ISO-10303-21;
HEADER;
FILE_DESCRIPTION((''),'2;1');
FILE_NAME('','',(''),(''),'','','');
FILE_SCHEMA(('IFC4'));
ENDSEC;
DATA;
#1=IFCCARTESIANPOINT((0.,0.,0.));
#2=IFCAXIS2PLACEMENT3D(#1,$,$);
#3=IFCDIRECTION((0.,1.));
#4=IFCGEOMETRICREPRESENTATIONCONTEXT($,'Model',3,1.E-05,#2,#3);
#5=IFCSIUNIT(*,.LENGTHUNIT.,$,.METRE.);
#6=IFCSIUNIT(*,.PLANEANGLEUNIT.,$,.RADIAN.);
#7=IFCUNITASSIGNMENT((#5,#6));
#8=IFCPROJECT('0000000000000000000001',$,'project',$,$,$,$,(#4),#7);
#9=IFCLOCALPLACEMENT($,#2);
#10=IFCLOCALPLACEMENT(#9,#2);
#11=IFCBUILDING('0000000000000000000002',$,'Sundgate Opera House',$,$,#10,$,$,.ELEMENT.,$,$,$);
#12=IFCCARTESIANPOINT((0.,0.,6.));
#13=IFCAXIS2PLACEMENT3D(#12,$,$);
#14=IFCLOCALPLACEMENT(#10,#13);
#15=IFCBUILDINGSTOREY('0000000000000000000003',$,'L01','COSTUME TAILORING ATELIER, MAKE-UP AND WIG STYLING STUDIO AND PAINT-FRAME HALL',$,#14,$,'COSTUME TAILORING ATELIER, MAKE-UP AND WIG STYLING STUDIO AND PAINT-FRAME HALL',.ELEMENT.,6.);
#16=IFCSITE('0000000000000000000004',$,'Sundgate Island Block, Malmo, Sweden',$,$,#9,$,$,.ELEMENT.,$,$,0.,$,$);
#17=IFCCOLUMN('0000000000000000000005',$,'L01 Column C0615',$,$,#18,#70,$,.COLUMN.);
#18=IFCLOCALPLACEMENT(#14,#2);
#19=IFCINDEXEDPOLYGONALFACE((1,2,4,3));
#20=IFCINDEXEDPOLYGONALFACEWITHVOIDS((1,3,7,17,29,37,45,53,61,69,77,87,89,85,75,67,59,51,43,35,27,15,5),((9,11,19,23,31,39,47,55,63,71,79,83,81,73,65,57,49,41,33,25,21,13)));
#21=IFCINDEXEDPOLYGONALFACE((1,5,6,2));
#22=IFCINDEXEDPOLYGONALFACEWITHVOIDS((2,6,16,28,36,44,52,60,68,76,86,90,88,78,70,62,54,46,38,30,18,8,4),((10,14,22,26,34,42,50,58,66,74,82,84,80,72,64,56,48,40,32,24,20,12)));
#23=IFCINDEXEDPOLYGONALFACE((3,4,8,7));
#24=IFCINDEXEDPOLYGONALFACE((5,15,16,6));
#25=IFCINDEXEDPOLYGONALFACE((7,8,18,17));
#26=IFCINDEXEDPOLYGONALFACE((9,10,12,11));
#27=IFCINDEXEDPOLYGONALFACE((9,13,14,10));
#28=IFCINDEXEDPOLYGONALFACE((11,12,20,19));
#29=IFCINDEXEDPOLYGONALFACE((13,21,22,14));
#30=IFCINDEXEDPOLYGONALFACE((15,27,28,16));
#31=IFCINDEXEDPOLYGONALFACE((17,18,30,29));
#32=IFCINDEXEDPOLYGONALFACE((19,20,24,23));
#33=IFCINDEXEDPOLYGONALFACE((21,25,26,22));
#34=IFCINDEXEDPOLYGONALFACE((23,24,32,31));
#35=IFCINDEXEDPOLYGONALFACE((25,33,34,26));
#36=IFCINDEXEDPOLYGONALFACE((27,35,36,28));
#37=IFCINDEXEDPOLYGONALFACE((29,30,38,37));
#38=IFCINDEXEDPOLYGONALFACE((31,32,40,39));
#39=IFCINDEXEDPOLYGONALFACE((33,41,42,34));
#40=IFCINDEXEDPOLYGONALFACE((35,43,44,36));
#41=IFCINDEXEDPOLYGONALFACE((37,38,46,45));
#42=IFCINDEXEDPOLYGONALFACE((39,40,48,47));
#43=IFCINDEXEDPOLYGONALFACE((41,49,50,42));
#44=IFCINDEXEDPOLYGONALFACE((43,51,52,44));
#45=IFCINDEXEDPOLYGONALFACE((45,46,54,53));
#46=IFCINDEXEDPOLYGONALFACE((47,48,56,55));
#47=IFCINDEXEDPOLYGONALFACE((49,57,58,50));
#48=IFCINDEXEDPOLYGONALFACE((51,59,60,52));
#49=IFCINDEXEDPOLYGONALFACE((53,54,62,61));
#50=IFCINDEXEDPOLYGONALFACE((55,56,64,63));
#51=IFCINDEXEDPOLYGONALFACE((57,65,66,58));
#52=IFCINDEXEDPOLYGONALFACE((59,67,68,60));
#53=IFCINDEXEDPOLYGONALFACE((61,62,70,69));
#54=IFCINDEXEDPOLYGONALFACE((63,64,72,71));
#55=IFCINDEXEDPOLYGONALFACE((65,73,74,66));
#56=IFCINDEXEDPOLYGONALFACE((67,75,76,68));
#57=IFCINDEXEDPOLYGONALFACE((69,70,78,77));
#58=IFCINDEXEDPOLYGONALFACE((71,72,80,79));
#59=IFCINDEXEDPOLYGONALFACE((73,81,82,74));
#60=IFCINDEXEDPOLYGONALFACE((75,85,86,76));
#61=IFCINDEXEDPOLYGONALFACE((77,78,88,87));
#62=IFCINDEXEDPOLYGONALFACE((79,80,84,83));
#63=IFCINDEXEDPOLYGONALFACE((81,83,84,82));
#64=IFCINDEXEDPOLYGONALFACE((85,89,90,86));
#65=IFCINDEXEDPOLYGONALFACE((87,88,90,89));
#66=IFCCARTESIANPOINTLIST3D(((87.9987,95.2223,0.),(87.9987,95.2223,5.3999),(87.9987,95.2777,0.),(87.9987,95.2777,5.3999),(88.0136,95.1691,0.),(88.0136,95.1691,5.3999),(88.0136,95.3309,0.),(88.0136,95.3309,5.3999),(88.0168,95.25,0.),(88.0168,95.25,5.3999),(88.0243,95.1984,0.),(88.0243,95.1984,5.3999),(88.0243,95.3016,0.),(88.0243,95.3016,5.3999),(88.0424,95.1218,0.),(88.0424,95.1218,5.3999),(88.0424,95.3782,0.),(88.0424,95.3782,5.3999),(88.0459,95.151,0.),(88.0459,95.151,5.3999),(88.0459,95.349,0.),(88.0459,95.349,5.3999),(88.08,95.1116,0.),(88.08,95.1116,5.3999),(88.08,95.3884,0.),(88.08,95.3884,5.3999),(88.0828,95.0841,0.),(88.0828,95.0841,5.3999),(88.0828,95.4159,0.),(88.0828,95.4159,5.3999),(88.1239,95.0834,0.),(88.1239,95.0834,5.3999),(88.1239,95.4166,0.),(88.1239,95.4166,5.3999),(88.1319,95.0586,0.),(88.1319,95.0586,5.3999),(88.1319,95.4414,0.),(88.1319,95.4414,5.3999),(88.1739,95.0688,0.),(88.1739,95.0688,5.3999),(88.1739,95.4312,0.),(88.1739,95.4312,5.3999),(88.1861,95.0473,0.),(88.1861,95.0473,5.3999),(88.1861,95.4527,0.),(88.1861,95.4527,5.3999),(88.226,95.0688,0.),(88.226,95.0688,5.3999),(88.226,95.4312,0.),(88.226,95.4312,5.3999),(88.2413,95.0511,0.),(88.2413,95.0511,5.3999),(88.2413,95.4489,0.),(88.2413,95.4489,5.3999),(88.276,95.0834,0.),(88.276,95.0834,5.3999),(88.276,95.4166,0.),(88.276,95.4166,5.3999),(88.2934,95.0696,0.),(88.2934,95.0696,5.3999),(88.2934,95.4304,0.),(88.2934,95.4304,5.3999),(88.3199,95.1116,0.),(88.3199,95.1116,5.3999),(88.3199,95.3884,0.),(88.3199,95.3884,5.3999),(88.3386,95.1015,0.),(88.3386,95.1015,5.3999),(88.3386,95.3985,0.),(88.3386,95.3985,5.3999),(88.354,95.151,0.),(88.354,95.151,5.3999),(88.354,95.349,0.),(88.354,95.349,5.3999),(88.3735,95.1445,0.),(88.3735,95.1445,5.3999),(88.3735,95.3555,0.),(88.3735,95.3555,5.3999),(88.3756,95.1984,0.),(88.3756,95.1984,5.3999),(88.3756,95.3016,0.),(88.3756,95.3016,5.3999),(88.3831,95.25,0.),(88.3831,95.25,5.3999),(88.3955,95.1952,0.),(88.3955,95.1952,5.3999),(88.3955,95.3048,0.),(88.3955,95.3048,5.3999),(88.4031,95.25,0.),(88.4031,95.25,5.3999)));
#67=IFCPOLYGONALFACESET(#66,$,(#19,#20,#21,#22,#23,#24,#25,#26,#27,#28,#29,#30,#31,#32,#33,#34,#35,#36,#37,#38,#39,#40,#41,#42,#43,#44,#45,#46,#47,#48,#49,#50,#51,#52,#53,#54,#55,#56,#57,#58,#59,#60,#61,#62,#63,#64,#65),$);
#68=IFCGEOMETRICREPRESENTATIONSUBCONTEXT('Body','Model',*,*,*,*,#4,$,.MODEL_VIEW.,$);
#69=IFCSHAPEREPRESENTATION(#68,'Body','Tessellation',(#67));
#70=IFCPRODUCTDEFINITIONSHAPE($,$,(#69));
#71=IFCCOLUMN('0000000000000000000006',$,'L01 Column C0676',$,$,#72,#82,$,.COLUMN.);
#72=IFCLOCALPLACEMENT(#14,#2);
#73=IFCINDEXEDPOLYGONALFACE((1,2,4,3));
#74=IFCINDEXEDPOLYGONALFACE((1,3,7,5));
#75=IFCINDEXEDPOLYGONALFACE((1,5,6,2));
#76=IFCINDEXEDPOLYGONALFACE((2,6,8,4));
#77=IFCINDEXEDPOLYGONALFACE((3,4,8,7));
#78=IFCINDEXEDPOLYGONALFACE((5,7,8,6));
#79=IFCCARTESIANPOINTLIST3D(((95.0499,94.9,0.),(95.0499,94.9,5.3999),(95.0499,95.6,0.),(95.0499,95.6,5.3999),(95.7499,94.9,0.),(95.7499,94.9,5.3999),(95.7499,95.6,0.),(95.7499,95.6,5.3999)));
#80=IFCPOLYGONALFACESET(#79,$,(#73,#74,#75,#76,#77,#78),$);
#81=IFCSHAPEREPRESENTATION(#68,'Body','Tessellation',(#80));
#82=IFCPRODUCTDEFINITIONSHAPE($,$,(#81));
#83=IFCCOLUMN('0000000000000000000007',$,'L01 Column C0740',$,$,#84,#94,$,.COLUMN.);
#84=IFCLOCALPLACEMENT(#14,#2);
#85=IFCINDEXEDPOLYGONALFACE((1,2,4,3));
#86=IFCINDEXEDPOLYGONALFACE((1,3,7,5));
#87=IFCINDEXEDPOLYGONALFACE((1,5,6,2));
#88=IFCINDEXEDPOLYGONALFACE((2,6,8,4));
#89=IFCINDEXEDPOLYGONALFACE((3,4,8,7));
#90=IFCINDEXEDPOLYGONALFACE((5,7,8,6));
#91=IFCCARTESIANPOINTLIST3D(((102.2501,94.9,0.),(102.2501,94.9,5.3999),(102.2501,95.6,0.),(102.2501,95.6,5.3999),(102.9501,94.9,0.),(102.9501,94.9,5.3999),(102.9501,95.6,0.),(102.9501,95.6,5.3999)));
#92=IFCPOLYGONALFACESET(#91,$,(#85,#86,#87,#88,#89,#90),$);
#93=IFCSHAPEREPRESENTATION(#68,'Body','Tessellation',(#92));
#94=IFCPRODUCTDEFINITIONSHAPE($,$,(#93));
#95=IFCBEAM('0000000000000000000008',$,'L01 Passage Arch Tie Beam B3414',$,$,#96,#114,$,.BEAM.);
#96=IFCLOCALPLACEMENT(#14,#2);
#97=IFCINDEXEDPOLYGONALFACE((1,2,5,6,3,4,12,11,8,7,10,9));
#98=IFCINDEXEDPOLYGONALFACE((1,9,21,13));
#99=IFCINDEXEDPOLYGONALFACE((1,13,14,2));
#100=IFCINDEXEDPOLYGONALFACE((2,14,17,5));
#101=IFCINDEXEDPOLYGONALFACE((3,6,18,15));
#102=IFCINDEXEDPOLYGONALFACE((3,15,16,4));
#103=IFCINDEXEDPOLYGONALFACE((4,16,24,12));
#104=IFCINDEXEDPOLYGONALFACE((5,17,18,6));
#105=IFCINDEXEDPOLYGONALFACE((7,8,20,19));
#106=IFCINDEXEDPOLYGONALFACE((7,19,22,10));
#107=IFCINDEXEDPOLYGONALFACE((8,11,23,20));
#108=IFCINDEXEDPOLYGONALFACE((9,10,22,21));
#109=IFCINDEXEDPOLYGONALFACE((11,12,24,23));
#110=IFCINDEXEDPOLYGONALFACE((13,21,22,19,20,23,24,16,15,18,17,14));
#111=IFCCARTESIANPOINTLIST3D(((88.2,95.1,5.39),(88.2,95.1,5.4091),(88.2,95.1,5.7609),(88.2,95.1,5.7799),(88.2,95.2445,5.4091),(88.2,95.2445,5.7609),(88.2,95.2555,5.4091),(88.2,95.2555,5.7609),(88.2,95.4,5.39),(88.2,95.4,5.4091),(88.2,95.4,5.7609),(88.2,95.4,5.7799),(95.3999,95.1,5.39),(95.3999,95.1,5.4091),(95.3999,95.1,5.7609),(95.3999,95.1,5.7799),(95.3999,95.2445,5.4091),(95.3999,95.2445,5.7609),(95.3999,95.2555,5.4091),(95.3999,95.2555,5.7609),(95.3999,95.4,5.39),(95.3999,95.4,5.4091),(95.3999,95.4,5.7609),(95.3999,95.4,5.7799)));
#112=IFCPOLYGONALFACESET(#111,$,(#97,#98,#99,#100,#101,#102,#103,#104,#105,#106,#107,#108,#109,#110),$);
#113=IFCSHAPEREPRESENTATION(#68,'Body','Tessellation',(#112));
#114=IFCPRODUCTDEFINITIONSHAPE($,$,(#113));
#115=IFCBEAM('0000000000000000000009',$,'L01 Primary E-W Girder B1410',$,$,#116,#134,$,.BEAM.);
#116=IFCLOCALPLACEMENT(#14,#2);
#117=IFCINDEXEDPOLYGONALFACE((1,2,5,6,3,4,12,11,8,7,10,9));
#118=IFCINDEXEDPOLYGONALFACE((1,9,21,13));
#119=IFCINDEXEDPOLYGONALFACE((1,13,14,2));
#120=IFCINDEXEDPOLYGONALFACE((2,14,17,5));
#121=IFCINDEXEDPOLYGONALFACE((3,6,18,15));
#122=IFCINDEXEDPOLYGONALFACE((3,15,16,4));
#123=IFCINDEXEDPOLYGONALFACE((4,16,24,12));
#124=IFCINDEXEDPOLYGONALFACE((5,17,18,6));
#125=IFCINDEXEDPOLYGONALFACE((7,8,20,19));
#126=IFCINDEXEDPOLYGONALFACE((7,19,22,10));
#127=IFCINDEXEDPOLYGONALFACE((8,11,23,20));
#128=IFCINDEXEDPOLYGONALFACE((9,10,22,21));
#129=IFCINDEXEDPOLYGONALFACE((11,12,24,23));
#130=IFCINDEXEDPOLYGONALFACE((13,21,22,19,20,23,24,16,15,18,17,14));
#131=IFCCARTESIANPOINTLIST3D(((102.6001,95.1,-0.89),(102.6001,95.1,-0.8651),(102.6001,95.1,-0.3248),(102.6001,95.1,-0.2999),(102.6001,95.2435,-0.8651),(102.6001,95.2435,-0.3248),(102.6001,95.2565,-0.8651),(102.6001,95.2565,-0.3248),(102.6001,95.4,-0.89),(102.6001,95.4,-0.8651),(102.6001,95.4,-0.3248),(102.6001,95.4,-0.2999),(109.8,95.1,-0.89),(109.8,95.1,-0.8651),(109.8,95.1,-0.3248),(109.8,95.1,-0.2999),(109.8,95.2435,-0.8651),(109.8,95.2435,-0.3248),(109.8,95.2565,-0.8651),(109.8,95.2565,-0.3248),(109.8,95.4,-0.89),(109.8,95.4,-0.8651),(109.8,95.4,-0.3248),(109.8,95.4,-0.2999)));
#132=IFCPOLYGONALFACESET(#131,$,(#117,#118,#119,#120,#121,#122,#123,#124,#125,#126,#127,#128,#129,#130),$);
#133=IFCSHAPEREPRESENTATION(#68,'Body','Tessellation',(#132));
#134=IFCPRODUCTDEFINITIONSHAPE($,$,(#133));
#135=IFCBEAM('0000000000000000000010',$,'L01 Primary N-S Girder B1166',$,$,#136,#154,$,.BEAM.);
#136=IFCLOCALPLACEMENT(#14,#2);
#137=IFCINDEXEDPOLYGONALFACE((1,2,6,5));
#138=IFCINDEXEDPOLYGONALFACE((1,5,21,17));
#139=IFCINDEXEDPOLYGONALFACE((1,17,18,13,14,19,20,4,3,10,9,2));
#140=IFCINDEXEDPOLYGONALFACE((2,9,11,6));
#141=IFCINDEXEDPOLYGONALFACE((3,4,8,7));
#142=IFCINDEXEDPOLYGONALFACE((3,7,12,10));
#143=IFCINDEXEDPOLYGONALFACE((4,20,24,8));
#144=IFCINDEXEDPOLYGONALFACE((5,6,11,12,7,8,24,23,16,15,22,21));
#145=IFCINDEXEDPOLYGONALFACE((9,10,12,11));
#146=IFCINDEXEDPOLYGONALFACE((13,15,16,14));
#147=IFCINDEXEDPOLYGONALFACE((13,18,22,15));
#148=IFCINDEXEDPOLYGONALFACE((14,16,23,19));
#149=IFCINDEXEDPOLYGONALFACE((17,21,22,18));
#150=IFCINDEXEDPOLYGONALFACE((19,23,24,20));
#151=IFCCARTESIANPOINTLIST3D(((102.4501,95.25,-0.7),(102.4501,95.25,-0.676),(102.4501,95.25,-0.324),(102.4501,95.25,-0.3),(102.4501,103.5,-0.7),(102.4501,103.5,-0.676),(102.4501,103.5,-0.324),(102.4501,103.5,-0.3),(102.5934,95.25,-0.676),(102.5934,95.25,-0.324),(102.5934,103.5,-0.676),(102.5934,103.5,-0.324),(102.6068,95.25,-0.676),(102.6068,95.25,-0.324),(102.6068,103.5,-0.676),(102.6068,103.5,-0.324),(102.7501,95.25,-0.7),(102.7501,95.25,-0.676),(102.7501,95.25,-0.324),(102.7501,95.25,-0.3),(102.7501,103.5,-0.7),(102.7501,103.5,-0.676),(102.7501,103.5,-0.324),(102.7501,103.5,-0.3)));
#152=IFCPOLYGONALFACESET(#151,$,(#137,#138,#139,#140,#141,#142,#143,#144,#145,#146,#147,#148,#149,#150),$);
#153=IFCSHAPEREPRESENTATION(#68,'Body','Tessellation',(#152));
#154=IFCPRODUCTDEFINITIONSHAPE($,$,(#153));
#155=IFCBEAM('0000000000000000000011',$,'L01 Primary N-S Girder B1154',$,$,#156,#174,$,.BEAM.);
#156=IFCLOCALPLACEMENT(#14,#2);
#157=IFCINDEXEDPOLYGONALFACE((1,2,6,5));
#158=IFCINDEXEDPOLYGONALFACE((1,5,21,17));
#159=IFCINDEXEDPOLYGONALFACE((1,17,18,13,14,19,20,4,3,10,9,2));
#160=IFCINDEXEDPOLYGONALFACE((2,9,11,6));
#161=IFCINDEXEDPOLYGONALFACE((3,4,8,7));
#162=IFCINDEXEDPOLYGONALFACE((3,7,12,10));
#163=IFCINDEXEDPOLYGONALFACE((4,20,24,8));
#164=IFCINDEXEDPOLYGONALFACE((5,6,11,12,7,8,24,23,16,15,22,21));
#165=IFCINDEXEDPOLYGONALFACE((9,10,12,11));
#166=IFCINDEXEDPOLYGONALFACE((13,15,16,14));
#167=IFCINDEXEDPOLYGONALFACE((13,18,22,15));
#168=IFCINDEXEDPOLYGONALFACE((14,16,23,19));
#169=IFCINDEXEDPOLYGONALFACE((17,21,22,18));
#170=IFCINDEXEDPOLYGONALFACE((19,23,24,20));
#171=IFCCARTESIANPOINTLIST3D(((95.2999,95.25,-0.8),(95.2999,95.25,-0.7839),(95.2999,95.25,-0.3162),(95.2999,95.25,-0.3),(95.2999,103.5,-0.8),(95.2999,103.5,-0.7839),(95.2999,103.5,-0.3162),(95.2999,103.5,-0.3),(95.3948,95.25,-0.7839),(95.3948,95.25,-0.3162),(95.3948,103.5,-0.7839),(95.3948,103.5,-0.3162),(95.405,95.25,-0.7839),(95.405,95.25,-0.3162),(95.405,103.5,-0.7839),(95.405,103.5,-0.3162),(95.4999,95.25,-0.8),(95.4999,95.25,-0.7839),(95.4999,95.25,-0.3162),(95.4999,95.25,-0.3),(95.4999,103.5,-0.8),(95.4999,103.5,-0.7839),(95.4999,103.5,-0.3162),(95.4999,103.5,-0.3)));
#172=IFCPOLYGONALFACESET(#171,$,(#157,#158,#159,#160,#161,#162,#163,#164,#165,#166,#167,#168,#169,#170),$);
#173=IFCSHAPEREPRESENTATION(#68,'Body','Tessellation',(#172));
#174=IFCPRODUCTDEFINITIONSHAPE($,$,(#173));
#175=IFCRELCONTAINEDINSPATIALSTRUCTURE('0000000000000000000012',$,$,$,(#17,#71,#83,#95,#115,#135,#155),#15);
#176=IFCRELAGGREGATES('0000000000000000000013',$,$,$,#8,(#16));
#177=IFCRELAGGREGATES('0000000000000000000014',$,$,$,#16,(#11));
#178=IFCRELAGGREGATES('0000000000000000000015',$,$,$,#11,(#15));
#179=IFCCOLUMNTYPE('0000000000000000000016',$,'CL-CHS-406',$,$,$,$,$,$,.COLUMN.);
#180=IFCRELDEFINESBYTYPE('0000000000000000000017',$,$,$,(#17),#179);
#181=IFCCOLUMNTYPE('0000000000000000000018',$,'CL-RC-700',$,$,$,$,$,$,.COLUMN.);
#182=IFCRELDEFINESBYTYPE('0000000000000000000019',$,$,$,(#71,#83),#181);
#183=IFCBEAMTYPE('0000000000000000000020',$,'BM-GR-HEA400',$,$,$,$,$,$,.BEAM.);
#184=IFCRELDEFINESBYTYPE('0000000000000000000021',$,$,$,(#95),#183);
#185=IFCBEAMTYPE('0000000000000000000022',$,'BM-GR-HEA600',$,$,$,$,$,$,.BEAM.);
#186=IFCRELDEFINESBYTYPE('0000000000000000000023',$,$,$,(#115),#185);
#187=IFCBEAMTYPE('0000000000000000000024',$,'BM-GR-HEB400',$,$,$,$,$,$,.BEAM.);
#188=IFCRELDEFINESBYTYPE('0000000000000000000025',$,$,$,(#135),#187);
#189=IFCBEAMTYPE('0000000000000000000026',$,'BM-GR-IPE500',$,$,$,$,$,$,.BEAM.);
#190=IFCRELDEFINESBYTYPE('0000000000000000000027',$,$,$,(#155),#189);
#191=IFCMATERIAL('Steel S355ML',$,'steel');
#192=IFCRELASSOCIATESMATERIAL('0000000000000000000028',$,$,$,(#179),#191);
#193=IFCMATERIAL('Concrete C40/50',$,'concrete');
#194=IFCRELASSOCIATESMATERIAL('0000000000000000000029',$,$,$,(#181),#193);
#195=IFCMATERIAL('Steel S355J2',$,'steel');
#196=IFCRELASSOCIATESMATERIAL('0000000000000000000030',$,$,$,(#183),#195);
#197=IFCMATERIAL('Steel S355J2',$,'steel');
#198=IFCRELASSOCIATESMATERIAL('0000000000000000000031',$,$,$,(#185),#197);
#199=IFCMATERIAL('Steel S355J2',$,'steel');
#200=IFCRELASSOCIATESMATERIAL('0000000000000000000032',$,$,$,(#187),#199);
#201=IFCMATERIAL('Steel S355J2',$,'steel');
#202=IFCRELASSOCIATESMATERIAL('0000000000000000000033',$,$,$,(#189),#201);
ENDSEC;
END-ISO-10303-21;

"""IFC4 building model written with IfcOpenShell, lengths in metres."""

from ifc_helpers import new_model, si_unit, direction, frame, origin, origin_2d, place, context, subcontext, project, spatial, rectangle, hollow_circle, i_section, extrude, material, material_profile, profile_set, type_object, element, save


model = new_model("IFC4")

# Units and contexts
model_context = context("Model", 3, precision=1e-05, world=origin(), true_north=direction((0.0, 1.0)))
body_context = subcontext(model_context, "Body", "Model", "MODEL_VIEW")
ifc_project = project(units=[si_unit("LENGTHUNIT", "METRE"), si_unit("PLANEANGLEUNIT", "RADIAN")], contexts=[model_context])

# Site, building, storey
site_placement = place(None, origin())
site = spatial("IfcSite", under=ifc_project, at=site_placement, Name="Sundgate Island Block, Malmo, Sweden", CompositionType="ELEMENT", RefElevation=0.0)
building_placement = place(site_placement, origin())
building = spatial("IfcBuilding", under=site, at=building_placement, Name="Sundgate Opera House", CompositionType="ELEMENT")
storey_placement = place(building_placement, frame((0.0, 0.0, 6.0)))
storey = spatial("IfcBuildingStorey", under=building, at=storey_placement, Name="L01", Description="COSTUME TAILORING ATELIER, MAKE-UP AND WIG STYLING STUDIO AND PAINT-FRAME HALL", LongName="COSTUME TAILORING ATELIER, MAKE-UP AND WIG STYLING STUDIO AND PAINT-FRAME HALL", CompositionType="ELEMENT", Elevation=6.0)

# Columns
ifc_material_1 = material(Name="Steel S355ML", Category="steel")
ifc_material_profile_1 = material_profile(ifc_material_1, hollow_circle(Radius=0.2031, WallThickness=0.02, at=origin_2d()), Name="CHS 406.4x20.0")
ifc_profile_set_1 = profile_set([ifc_material_profile_1], Name="Steel S355ML")
column_type_1 = type_object("IfcColumnType", Name="CL-CHS-406", PredefinedType="COLUMN", material=ifc_profile_set_1)
column_placement = place(storey_placement, frame((88.2, 95.25, 0.0), z_axis=(0.0, 0.0, 1.0), x_axis=(1.0, 0.0, 0.0)))
element("IfcColumn", 1, at=column_placement, inside=storey, type_object=column_type_1, Name="L01 Column C0615", PredefinedType="COLUMN", context=body_context, shape_type="SweptSolid", body=[
    extrude(hollow_circle(Radius=0.2031, WallThickness=0.02, at=origin_2d()), origin(), (0.0, 0.0, 1.0), 5.3999),
])
ifc_material_2 = material(Name="Concrete C40/50", Category="concrete")
ifc_material_profile_2 = material_profile(ifc_material_2, rectangle(XDim=0.7, YDim=0.7, at=origin_2d()), Name="RC 700x700")
ifc_profile_set_2 = profile_set([ifc_material_profile_2], Name="Concrete C40/50")
column_type_2 = type_object("IfcColumnType", Name="CL-RC-700", PredefinedType="COLUMN", material=ifc_profile_set_2)
for number, where, z_axis, x_axis, name in (
    (2, (95.3999, 95.25, 0.0), (0.0, 0.0, 1.0), (1.0, 0.0, 0.0), "L01 Column C0676"),
    (3, (102.6001, 95.25, 0.0), (0.0, 0.0, 1.0), (1.0, 0.0, 0.0), "L01 Column C0740"),
):
    element("IfcColumn", number, at=place(storey_placement, frame(where, z_axis=z_axis, x_axis=x_axis)), inside=storey, type_object=column_type_2, Name=name, PredefinedType="COLUMN", context=body_context, shape_type="SweptSolid", body=[
        extrude(rectangle(XDim=0.7, YDim=0.7, at=origin_2d()), origin(), (0.0, 0.0, 1.0), 5.3999),
    ])

# Beams
ifc_material_3 = material(Name="Steel S355J2", Category="steel")
ifc_material_profile_3 = material_profile(ifc_material_3, i_section(OverallWidth=0.3, OverallDepth=0.3899, WebThickness=0.011, FlangeThickness=0.019, at=origin_2d()), Name="HEA 400")
ifc_profile_set_3 = profile_set([ifc_material_profile_3], Name="Steel S355J2")
beam_type_1 = type_object("IfcBeamType", Name="BM-GR-HEA400", PredefinedType="BEAM", material=ifc_profile_set_3)
beam_1_placement = place(storey_placement, frame((88.2, 95.25, 5.585), z_axis=(1.0, 0.0, 0.0), x_axis=(0.0, 1.0, 0.0)))
element("IfcBeam", 4, at=beam_1_placement, inside=storey, type_object=beam_type_1, Name="L01 Passage Arch Tie Beam B3414", PredefinedType="BEAM", context=body_context, shape_type="SweptSolid", body=[
    extrude(i_section(OverallWidth=0.3, OverallDepth=0.3899, WebThickness=0.011, FlangeThickness=0.019, at=origin_2d()), origin(), (0.0, 0.0, 1.0), 7.2),
])
ifc_material_4 = material(Name="Steel S355J2", Category="steel")
ifc_material_profile_4 = material_profile(ifc_material_4, i_section(OverallWidth=0.3, OverallDepth=0.5901, WebThickness=0.0129, FlangeThickness=0.0249, at=origin_2d()), Name="HEA 600")
ifc_profile_set_4 = profile_set([ifc_material_profile_4], Name="Steel S355J2")
beam_type_2 = type_object("IfcBeamType", Name="BM-GR-HEA600", PredefinedType="BEAM", material=ifc_profile_set_4)
beam_2_placement = place(storey_placement, frame((102.6001, 95.25, -0.595), z_axis=(1.0, 0.0, 0.0), x_axis=(0.0, 1.0, 0.0)))
element("IfcBeam", 5, at=beam_2_placement, inside=storey, type_object=beam_type_2, Name="L01 Primary E-W Girder B1410", PredefinedType="BEAM", context=body_context, shape_type="SweptSolid", body=[
    extrude(i_section(OverallWidth=0.3, OverallDepth=0.5901, WebThickness=0.0129, FlangeThickness=0.0249, at=origin_2d()), origin(), (0.0, 0.0, 1.0), 7.2),
])
ifc_material_5 = material(Name="Steel S355J2", Category="steel")
ifc_material_profile_5 = material_profile(ifc_material_5, i_section(OverallWidth=0.3, OverallDepth=0.3999, WebThickness=0.0134, FlangeThickness=0.0239, at=origin_2d()), Name="HEB 400")
ifc_profile_set_5 = profile_set([ifc_material_profile_5], Name="Steel S355J2")
beam_type_3 = type_object("IfcBeamType", Name="BM-GR-HEB400", PredefinedType="BEAM", material=ifc_profile_set_5)
beam_3_placement = place(storey_placement, frame((102.6001, 95.25, -0.5), z_axis=(0.0, 1.0, 0.0), x_axis=(-1.0, 0.0, 0.0)))
element("IfcBeam", 6, at=beam_3_placement, inside=storey, type_object=beam_type_3, Name="L01 Primary N-S Girder B1166", PredefinedType="BEAM", context=body_context, shape_type="SweptSolid", body=[
    extrude(i_section(OverallWidth=0.3, OverallDepth=0.3999, WebThickness=0.0134, FlangeThickness=0.0239, at=origin_2d()), origin(), (0.0, 0.0, 1.0), 8.25),
])
ifc_material_6 = material(Name="Steel S355J2", Category="steel")
ifc_material_profile_6 = material_profile(ifc_material_6, i_section(OverallWidth=0.2, OverallDepth=0.5, WebThickness=0.0103, FlangeThickness=0.0161, at=origin_2d()), Name="IPE 500")
ifc_profile_set_6 = profile_set([ifc_material_profile_6], Name="Steel S355J2")
beam_type_4 = type_object("IfcBeamType", Name="BM-GR-IPE500", PredefinedType="BEAM", material=ifc_profile_set_6)
beam_4_placement = place(storey_placement, frame((95.3999, 95.25, -0.55), z_axis=(0.0, 1.0, 0.0), x_axis=(-1.0, 0.0, 0.0)))
element("IfcBeam", 7, at=beam_4_placement, inside=storey, type_object=beam_type_4, Name="L01 Primary N-S Girder B1154", PredefinedType="BEAM", context=body_context, shape_type="SweptSolid", body=[
    extrude(i_section(OverallWidth=0.2, OverallDepth=0.5, WebThickness=0.0103, FlangeThickness=0.0161, at=origin_2d()), origin(), (0.0, 0.0, 1.0), 8.25),
])

save(model, "model.ifc")
